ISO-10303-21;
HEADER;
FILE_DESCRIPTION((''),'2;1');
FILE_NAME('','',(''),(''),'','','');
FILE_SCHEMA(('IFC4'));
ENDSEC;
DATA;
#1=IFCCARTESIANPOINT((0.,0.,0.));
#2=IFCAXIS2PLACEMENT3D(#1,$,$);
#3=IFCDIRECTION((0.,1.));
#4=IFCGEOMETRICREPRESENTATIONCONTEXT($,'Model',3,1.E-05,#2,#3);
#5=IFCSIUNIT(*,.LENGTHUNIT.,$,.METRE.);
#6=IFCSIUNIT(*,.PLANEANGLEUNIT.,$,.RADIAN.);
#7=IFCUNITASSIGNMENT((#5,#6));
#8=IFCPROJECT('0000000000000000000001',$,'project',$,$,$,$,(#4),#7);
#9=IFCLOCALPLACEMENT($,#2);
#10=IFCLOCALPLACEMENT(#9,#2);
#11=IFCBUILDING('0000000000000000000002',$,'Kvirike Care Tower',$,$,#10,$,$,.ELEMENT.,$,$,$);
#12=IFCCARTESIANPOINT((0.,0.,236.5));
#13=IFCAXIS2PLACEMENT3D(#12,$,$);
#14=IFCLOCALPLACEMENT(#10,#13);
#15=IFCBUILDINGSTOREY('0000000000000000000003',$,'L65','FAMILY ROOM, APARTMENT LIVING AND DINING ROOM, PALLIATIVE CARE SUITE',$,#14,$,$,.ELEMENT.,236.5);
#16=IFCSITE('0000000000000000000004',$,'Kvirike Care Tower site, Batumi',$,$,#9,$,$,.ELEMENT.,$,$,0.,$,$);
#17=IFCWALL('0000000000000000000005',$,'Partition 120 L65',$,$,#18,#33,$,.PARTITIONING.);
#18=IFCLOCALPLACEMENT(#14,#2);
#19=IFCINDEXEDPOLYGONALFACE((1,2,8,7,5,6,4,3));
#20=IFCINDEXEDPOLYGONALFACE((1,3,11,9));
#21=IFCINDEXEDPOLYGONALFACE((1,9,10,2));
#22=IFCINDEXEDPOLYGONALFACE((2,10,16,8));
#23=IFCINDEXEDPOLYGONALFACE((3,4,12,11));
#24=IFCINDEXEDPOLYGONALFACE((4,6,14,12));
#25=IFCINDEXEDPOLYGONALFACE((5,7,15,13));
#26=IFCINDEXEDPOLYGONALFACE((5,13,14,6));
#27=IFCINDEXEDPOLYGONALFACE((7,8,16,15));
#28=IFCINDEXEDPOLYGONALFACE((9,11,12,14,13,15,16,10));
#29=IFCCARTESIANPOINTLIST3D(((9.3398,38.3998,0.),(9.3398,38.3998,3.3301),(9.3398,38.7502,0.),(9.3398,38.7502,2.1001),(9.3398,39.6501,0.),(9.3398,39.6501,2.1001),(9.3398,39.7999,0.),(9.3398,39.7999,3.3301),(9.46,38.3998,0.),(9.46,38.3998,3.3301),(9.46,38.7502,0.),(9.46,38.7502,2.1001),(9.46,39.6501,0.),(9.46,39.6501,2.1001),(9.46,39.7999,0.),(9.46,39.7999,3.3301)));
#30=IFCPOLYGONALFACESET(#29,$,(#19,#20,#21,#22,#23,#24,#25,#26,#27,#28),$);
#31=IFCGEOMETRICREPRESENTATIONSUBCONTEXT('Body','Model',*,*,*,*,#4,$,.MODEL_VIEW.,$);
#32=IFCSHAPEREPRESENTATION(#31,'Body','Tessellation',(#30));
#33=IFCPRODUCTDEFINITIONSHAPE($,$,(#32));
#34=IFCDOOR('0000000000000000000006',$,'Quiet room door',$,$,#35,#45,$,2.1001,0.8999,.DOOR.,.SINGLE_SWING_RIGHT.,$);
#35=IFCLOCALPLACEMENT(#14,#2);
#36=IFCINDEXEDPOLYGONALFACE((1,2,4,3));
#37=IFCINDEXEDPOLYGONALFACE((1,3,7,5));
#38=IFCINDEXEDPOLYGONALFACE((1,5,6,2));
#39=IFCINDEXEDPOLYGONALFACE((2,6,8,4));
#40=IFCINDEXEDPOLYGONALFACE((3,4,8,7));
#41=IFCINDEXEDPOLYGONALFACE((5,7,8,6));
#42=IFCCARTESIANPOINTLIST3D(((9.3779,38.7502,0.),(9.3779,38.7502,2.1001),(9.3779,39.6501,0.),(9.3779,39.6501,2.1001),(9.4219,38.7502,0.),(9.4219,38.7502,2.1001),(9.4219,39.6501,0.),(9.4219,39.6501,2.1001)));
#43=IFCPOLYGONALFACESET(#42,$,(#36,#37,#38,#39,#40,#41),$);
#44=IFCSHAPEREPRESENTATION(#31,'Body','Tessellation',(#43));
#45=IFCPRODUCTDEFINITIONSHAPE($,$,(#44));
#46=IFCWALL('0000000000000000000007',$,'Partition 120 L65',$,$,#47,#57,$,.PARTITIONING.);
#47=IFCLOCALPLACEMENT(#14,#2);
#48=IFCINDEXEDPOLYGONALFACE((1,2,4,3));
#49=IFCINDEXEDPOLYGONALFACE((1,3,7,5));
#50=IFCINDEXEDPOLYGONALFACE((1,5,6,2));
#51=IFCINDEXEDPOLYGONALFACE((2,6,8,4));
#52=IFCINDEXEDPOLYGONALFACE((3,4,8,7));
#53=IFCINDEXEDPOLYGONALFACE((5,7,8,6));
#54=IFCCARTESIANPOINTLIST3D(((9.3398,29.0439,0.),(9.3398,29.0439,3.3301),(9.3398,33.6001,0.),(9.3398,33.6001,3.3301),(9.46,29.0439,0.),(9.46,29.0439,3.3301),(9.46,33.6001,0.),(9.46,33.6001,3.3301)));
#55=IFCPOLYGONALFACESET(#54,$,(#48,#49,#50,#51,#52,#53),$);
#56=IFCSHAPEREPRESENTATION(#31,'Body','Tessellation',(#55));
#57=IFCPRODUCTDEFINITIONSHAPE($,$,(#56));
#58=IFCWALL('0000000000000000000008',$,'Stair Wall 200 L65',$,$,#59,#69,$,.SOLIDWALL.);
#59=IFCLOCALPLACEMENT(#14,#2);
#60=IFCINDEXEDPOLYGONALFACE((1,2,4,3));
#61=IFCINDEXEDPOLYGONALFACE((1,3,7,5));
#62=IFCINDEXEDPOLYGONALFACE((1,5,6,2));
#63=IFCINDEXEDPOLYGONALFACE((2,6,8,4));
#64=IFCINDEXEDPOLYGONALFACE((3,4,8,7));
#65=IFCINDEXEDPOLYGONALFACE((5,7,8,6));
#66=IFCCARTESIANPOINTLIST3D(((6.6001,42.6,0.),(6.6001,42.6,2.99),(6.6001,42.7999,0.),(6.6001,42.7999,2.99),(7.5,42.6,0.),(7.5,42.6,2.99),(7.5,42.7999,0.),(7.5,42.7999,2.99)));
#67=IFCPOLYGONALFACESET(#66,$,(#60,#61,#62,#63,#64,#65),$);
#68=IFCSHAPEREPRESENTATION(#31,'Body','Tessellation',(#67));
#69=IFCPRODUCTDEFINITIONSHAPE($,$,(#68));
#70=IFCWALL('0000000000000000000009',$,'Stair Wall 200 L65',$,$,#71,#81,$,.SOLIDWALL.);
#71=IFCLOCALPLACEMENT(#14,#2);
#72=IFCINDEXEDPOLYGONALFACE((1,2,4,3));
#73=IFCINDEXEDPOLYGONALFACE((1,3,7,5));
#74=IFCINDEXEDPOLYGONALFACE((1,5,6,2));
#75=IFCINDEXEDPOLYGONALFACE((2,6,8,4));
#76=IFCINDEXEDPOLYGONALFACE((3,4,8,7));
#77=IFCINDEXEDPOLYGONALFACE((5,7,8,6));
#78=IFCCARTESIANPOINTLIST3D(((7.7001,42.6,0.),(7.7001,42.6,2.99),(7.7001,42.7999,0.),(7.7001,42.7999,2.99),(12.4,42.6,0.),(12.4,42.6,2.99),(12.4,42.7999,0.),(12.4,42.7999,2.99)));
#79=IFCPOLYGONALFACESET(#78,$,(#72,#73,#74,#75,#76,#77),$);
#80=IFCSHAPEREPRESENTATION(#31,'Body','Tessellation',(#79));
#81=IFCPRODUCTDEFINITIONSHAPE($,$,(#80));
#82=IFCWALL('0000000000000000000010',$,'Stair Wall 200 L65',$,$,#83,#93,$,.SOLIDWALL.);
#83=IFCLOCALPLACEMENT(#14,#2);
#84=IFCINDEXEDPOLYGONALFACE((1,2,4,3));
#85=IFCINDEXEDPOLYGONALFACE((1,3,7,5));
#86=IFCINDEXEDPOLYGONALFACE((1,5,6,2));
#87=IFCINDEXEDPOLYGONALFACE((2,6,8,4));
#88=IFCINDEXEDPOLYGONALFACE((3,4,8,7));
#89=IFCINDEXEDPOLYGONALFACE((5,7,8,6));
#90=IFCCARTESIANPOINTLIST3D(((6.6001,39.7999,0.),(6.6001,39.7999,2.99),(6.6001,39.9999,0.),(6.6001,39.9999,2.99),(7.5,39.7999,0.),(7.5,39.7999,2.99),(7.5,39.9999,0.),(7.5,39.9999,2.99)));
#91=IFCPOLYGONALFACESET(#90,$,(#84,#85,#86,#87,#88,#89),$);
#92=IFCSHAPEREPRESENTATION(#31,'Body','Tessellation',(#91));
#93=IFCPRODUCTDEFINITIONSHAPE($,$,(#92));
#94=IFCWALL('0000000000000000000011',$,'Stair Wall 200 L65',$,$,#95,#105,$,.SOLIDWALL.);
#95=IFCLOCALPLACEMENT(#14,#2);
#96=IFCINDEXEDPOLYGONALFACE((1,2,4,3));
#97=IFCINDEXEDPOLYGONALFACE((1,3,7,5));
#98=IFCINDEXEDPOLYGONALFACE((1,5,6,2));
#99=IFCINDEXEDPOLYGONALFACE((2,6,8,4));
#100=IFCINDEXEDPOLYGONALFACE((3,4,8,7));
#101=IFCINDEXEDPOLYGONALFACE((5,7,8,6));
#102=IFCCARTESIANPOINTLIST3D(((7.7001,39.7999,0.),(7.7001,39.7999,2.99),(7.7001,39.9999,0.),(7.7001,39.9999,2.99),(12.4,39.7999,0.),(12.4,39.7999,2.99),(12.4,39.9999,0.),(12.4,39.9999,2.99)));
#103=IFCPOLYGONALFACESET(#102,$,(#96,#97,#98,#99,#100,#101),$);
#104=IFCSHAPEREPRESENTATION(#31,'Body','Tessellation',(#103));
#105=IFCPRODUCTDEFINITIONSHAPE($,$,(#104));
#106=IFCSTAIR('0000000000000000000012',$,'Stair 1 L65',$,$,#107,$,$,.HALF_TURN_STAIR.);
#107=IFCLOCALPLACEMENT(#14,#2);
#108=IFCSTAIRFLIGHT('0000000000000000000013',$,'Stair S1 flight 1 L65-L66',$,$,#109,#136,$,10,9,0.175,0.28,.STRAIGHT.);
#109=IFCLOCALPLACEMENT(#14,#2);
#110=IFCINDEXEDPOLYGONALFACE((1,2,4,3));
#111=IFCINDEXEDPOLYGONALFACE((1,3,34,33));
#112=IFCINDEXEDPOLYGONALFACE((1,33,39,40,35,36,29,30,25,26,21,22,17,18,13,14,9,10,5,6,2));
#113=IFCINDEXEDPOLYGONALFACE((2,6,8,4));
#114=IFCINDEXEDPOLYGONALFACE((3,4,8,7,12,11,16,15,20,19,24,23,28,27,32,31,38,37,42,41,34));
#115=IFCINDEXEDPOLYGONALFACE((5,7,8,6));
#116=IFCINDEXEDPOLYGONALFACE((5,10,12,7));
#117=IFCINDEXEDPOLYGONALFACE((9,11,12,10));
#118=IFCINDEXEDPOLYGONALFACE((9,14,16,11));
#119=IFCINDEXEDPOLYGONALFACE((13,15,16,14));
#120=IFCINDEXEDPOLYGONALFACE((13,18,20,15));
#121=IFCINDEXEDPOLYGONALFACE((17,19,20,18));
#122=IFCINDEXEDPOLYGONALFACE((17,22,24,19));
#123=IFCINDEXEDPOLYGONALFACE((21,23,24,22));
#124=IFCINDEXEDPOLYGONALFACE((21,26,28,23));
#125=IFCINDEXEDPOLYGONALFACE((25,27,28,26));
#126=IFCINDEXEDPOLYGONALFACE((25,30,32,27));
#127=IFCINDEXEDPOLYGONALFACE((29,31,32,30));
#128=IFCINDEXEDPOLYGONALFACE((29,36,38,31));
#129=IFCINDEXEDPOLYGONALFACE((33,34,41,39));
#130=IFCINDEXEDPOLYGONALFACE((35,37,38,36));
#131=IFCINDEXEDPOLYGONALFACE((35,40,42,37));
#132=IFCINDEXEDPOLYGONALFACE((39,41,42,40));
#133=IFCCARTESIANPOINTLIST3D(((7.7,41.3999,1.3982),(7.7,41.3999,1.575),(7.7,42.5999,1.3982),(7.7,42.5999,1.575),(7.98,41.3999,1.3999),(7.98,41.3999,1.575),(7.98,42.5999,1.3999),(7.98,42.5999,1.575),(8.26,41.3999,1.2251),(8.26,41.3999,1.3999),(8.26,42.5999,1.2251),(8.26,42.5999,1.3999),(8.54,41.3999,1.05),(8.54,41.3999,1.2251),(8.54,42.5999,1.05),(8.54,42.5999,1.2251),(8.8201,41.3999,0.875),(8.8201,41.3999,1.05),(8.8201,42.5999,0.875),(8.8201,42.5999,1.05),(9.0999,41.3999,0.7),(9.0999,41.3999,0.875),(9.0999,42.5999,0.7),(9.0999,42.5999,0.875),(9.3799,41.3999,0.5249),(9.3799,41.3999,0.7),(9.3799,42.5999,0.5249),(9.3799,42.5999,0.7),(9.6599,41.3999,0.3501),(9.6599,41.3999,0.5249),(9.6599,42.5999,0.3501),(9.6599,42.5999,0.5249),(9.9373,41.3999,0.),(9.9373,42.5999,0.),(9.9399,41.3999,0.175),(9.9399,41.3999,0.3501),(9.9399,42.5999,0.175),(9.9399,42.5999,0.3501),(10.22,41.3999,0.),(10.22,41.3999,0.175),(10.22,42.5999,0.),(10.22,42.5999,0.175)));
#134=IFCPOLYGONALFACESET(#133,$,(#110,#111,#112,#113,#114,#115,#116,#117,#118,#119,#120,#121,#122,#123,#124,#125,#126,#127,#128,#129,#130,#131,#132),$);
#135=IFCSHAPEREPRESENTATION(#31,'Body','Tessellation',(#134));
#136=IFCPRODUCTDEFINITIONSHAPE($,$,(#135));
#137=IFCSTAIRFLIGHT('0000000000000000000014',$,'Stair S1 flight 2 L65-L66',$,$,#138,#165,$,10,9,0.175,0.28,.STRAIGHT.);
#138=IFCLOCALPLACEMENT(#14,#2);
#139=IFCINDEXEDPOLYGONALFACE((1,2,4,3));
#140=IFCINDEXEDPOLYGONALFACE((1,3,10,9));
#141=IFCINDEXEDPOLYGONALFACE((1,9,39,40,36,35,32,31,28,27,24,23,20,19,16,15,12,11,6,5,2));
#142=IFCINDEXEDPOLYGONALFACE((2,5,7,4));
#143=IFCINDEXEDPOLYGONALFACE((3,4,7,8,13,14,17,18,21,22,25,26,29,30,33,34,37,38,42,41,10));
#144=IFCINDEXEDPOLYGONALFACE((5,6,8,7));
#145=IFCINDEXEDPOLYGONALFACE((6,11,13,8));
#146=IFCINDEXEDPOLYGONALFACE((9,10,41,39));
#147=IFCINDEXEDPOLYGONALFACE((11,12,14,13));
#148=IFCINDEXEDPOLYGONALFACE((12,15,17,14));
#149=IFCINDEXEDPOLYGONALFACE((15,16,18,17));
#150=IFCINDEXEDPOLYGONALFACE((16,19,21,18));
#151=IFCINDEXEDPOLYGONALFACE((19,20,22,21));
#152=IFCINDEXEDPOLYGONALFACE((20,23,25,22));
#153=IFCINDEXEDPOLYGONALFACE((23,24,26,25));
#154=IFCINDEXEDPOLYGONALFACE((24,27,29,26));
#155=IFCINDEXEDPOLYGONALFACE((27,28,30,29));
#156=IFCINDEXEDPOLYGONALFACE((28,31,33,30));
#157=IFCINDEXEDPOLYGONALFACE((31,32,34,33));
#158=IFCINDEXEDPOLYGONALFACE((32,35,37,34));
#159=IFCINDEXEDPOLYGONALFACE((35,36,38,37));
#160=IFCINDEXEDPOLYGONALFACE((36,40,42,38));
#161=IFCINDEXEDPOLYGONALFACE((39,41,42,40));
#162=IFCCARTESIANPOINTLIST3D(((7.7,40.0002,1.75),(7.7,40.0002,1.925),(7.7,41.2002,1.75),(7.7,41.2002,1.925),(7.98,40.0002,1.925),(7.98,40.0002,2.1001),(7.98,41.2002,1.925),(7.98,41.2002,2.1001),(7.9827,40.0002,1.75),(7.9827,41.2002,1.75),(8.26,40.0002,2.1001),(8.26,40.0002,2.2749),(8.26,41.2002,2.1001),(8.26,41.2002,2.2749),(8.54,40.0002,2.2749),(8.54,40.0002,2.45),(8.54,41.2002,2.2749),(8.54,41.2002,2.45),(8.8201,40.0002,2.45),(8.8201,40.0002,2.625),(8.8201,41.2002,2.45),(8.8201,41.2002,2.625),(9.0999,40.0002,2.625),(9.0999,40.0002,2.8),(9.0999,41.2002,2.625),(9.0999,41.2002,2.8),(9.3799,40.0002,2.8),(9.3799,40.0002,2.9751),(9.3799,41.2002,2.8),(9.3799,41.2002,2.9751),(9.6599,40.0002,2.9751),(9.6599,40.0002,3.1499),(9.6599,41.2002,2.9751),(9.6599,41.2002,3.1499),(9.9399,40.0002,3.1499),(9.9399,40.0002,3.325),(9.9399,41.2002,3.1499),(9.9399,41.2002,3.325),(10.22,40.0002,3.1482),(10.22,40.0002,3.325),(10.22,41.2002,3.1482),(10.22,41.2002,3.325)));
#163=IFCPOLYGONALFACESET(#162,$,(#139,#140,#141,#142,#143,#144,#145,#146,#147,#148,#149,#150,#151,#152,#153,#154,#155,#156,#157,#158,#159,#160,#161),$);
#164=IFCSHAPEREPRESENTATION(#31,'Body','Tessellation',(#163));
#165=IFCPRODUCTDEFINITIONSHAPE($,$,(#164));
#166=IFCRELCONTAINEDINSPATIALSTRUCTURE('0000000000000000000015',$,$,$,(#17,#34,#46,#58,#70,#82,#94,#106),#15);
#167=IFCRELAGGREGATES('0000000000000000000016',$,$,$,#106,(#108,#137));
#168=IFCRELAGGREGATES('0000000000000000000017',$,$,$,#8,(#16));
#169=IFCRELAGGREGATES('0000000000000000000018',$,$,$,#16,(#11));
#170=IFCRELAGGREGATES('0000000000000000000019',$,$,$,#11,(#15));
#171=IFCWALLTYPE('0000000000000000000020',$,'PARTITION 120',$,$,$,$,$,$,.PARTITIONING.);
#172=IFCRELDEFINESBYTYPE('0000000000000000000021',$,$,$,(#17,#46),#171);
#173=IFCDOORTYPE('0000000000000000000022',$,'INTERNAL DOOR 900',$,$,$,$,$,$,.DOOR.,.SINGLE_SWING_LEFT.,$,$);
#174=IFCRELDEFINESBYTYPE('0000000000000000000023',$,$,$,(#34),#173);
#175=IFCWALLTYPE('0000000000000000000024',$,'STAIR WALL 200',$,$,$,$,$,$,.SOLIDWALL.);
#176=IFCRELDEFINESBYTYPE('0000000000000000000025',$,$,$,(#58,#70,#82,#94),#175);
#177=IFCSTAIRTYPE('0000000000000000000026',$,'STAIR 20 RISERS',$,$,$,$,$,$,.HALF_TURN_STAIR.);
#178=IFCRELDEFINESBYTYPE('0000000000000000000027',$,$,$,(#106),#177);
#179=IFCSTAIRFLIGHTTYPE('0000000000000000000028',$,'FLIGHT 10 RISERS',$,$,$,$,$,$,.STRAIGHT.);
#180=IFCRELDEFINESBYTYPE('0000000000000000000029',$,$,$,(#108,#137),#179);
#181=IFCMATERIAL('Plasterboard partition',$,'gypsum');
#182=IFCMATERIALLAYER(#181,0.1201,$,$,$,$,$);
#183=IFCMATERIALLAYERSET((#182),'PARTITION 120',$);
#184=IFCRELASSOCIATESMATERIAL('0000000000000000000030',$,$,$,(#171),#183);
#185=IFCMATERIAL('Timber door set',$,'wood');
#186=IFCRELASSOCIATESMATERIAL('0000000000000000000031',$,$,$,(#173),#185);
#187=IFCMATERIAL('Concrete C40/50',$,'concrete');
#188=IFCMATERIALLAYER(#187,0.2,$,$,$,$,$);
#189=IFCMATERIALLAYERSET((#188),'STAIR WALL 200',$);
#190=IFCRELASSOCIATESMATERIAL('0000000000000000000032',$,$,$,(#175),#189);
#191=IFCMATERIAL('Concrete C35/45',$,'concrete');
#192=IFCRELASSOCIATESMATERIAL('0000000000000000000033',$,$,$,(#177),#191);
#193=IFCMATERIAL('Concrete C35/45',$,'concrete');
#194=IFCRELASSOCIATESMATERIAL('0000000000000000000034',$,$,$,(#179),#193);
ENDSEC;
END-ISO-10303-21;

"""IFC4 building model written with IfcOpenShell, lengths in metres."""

from ifc_helpers import new_model, si_unit, direction, frame, frame_2d, origin, place, context, subcontext, project, spatial, polyline, rectangle, outline, extrude, material, layer, layer_set, type_object, element, fill, aggregate, save


model = new_model("IFC4")

# Units and contexts
model_context = context("Model", 3, precision=1e-05, world=origin(), true_north=direction((0.0, 1.0)))
body_context = subcontext(model_context, "Body", "Model", "MODEL_VIEW")
ifc_project = project(units=[si_unit("LENGTHUNIT", "METRE"), si_unit("PLANEANGLEUNIT", "RADIAN")], contexts=[model_context])

# Site, building, storey
site_placement = place(None, origin())
site = spatial("IfcSite", under=ifc_project, at=site_placement, Name="Kvirike Care Tower site, Batumi", CompositionType="ELEMENT", RefElevation=0.0)
building_placement = place(site_placement, origin())
building = spatial("IfcBuilding", under=site, at=building_placement, Name="Kvirike Care Tower", CompositionType="ELEMENT")
storey_placement = place(building_placement, frame((0.0, 0.0, 236.5)))
storey = spatial("IfcBuildingStorey", under=building, at=storey_placement, Name="L65", Description="FAMILY ROOM, APARTMENT LIVING AND DINING ROOM, PALLIATIVE CARE SUITE", CompositionType="ELEMENT", Elevation=236.5)

# Wall, opening, door
ifc_material_1 = material(Name="Plasterboard partition", Category="gypsum")
ifc_layer_1 = layer(ifc_material_1, 0.1201)
ifc_layer_set_1 = layer_set([ifc_layer_1], Name="PARTITION 120")
wall_type_1 = type_object("IfcWallType", Name="PARTITION 120", PredefinedType="PARTITIONING", material=ifc_layer_set_1)
wall_1_placement = place(storey_placement, frame((9.3999, 39.8, 0.0), z_axis=(0.0, 0.0, 1.0), x_axis=(0.0, -1.0, 0.0)))
wall_1 = element("IfcWall", 1, at=wall_1_placement, inside=storey, type_object=wall_type_1, Name="Partition 120 L65", PredefinedType="PARTITIONING", context=body_context, shape_type="SweptSolid", body=[
    extrude(rectangle(XDim=1.4001, YDim=0.1201, at=frame_2d((0.7002, 0.0))), origin(), (0.0, 0.0, 1.0), 3.3301),
])
opening_1_placement = place(wall_1_placement, frame((0.1499, 0.0, 0.0)))
opening_1 = element("IfcOpeningElement", 2, at=opening_1_placement, cuts=wall_1, PredefinedType="OPENING", context=body_context, shape_type="SweptSolid", body=[
    extrude(rectangle(XDim=0.8999, YDim=2.1001, at=frame_2d((0.45, 1.05))), frame((0.0, 0.0706, 0.0), z_axis=(0.0, -1.0, 0.0), x_axis=(1.0, 0.0, 0.0)), (0.0, 0.0, 1.0), 0.1411),
])
ifc_material_2 = material(Name="Timber door set", Category="wood")
door_type_1 = type_object("IfcDoorType", Name="INTERNAL DOOR 900", OperationType="SINGLE_SWING_LEFT", PredefinedType="DOOR", material=ifc_material_2)
door_1_placement = place(opening_1_placement, origin())
door_1 = element("IfcDoor", 3, at=door_1_placement, inside=storey, type_object=door_type_1, Name="Quiet room door", OperationType="SINGLE_SWING_RIGHT", OverallHeight=2.1001, OverallWidth=0.8999, PredefinedType="DOOR", context=body_context, shape_type="SweptSolid", body=[
    extrude(rectangle(XDim=0.8999, YDim=2.1001, at=frame_2d((0.45, 1.05))), frame((0.0, 0.022, 0.0), z_axis=(0.0, -1.0, 0.0), x_axis=(1.0, 0.0, 0.0)), (0.0, 0.0, 1.0), 0.0439),
])
fill(opening_1, door_1)

# Walls
wall_2_placement = place(storey_placement, frame((9.3999, 33.6001, 0.0), z_axis=(0.0, 0.0, 1.0), x_axis=(0.0, -1.0, 0.0)))
element("IfcWall", 4, at=wall_2_placement, inside=storey, type_object=wall_type_1, Name="Partition 120 L65", PredefinedType="PARTITIONING", context=body_context, shape_type="SweptSolid", body=[
    extrude(rectangle(XDim=4.5562, YDim=0.1201, at=frame_2d((2.2781, 0.0))), origin(), (0.0, 0.0, 1.0), 3.3301),
])
ifc_material_3 = material(Name="Concrete C40/50", Category="concrete")
ifc_layer_2 = layer(ifc_material_3, 0.2)
ifc_layer_set_2 = layer_set([ifc_layer_2], Name="STAIR WALL 200")
wall_type_2 = type_object("IfcWallType", Name="STAIR WALL 200", PredefinedType="SOLIDWALL", material=ifc_layer_set_2)
wall_3_placement = place(storey_placement, frame((6.6001, 42.7, 0.0), z_axis=(0.0, 0.0, 1.0), x_axis=(1.0, 0.0, 0.0)))
element("IfcWall", 5, at=wall_3_placement, inside=storey, type_object=wall_type_2, Name="Stair Wall 200 L65", PredefinedType="SOLIDWALL", context=body_context, shape_type="SweptSolid", body=[
    extrude(rectangle(XDim=0.8999, YDim=0.2, at=frame_2d((0.45, 0.0))), origin(), (0.0, 0.0, 1.0), 2.99),
])
wall_4_placement = place(storey_placement, frame((7.7, 42.7, 0.0), z_axis=(0.0, 0.0, 1.0), x_axis=(1.0, 0.0, 0.0)))
element("IfcWall", 6, at=wall_4_placement, inside=storey, type_object=wall_type_2, Name="Stair Wall 200 L65", PredefinedType="SOLIDWALL", context=body_context, shape_type="SweptSolid", body=[
    extrude(rectangle(XDim=4.7, YDim=0.2, at=frame_2d((2.3501, 0.0))), origin(), (0.0, 0.0, 1.0), 2.99),
])
wall_5_placement = place(storey_placement, frame((6.6001, 39.8999, 0.0), z_axis=(0.0, 0.0, 1.0), x_axis=(1.0, 0.0, 0.0)))
element("IfcWall", 7, at=wall_5_placement, inside=storey, type_object=wall_type_2, Name="Stair Wall 200 L65", PredefinedType="SOLIDWALL", context=body_context, shape_type="SweptSolid", body=[
    extrude(rectangle(XDim=0.8999, YDim=0.2, at=frame_2d((0.45, 0.0))), origin(), (0.0, 0.0, 1.0), 2.99),
])
wall_6_placement = place(storey_placement, frame((7.7, 39.8999, 0.0), z_axis=(0.0, 0.0, 1.0), x_axis=(1.0, 0.0, 0.0)))
element("IfcWall", 8, at=wall_6_placement, inside=storey, type_object=wall_type_2, Name="Stair Wall 200 L65", PredefinedType="SOLIDWALL", context=body_context, shape_type="SweptSolid", body=[
    extrude(rectangle(XDim=4.7, YDim=0.2, at=frame_2d((2.3501, 0.0))), origin(), (0.0, 0.0, 1.0), 2.99),
])

# Stair, stair flights
ifc_material_4 = material(Name="Concrete C35/45", Category="concrete")
stair_type = type_object("IfcStairType", Name="STAIR 20 RISERS", PredefinedType="HALF_TURN_STAIR", material=ifc_material_4)
stair_placement = place(storey_placement, origin())
stair = element("IfcStair", 9, at=stair_placement, inside=storey, type_object=stair_type, Name="Stair 1 L65", PredefinedType="HALF_TURN_STAIR")
ifc_material_5 = material(Name="Concrete C35/45", Category="concrete")
stair_flight_type = type_object("IfcStairFlightType", Name="FLIGHT 10 RISERS", PredefinedType="STRAIGHT", material=ifc_material_5)
stair_flight_1_placement = place(storey_placement, frame((10.22, 42.0, 0.0), z_axis=(0.0, 0.0, 1.0), x_axis=(-1.0, 0.0, 0.0)))
stair_flight_1 = element("IfcStairFlight", 10, at=stair_flight_1_placement, type_object=stair_flight_type, Name="Stair S1 flight 1 L65-L66", NumberOfRisers=10, NumberOfTreads=9, PredefinedType="STRAIGHT", RiserHeight=0.175, TreadLength=0.28, context=body_context, shape_type="SweptSolid", body=[
    extrude(outline(polyline([(0.0, 0.0), (0.0, 0.175), (0.28, 0.175), (0.28, 0.3501), (0.5601, 0.3501), (0.5601, 0.5249), (0.8401, 0.5249), (0.8401, 0.7), (1.1201, 0.7), (1.1201, 0.875), (1.3999, 0.875), (1.3999, 1.05), (1.6799, 1.05), (1.6799, 1.2251), (1.96, 1.2251), (1.96, 1.3999), (2.24, 1.3999), (2.24, 1.575), (2.52, 1.575), (2.52, 1.75), (2.52, 1.3982), (0.2827, 0.0), (0.0, 0.0)])), frame((0.0, 0.6001, 0.0), z_axis=(0.0, -1.0, 0.0), x_axis=(1.0, 0.0, 0.0)), (0.0, 0.0, 1.0), 1.2),
])
stair_flight_2_placement = place(storey_placement, frame((7.7, 40.6001, 1.75), z_axis=(0.0, 0.0, 1.0), x_axis=(1.0, 0.0, 0.0)))
stair_flight_2 = element("IfcStairFlight", 11, at=stair_flight_2_placement, type_object=stair_flight_type, Name="Stair S1 flight 2 L65-L66", NumberOfRisers=10, NumberOfTreads=9, PredefinedType="STRAIGHT", RiserHeight=0.175, TreadLength=0.28, context=body_context, shape_type="SweptSolid", body=[
    extrude(outline(polyline([(0.0, 0.0), (0.0, 0.175), (0.28, 0.175), (0.28, 0.3501), (0.5601, 0.3501), (0.5601, 0.5249), (0.8401, 0.5249), (0.8401, 0.7), (1.1201, 0.7), (1.1201, 0.875), (1.3999, 0.875), (1.3999, 1.05), (1.6799, 1.05), (1.6799, 1.2251), (1.96, 1.2251), (1.96, 1.3999), (2.24, 1.3999), (2.24, 1.575), (2.52, 1.575), (2.52, 1.75), (2.52, 1.3982), (0.2827, 0.0), (0.0, 0.0)])), frame((0.0, 0.6001, 0.0), z_axis=(0.0, -1.0, 0.0), x_axis=(1.0, 0.0, 0.0)), (0.0, 0.0, 1.0), 1.2),
])
aggregate(stair, [stair_flight_1, stair_flight_2])

save(model, "model.ifc")
